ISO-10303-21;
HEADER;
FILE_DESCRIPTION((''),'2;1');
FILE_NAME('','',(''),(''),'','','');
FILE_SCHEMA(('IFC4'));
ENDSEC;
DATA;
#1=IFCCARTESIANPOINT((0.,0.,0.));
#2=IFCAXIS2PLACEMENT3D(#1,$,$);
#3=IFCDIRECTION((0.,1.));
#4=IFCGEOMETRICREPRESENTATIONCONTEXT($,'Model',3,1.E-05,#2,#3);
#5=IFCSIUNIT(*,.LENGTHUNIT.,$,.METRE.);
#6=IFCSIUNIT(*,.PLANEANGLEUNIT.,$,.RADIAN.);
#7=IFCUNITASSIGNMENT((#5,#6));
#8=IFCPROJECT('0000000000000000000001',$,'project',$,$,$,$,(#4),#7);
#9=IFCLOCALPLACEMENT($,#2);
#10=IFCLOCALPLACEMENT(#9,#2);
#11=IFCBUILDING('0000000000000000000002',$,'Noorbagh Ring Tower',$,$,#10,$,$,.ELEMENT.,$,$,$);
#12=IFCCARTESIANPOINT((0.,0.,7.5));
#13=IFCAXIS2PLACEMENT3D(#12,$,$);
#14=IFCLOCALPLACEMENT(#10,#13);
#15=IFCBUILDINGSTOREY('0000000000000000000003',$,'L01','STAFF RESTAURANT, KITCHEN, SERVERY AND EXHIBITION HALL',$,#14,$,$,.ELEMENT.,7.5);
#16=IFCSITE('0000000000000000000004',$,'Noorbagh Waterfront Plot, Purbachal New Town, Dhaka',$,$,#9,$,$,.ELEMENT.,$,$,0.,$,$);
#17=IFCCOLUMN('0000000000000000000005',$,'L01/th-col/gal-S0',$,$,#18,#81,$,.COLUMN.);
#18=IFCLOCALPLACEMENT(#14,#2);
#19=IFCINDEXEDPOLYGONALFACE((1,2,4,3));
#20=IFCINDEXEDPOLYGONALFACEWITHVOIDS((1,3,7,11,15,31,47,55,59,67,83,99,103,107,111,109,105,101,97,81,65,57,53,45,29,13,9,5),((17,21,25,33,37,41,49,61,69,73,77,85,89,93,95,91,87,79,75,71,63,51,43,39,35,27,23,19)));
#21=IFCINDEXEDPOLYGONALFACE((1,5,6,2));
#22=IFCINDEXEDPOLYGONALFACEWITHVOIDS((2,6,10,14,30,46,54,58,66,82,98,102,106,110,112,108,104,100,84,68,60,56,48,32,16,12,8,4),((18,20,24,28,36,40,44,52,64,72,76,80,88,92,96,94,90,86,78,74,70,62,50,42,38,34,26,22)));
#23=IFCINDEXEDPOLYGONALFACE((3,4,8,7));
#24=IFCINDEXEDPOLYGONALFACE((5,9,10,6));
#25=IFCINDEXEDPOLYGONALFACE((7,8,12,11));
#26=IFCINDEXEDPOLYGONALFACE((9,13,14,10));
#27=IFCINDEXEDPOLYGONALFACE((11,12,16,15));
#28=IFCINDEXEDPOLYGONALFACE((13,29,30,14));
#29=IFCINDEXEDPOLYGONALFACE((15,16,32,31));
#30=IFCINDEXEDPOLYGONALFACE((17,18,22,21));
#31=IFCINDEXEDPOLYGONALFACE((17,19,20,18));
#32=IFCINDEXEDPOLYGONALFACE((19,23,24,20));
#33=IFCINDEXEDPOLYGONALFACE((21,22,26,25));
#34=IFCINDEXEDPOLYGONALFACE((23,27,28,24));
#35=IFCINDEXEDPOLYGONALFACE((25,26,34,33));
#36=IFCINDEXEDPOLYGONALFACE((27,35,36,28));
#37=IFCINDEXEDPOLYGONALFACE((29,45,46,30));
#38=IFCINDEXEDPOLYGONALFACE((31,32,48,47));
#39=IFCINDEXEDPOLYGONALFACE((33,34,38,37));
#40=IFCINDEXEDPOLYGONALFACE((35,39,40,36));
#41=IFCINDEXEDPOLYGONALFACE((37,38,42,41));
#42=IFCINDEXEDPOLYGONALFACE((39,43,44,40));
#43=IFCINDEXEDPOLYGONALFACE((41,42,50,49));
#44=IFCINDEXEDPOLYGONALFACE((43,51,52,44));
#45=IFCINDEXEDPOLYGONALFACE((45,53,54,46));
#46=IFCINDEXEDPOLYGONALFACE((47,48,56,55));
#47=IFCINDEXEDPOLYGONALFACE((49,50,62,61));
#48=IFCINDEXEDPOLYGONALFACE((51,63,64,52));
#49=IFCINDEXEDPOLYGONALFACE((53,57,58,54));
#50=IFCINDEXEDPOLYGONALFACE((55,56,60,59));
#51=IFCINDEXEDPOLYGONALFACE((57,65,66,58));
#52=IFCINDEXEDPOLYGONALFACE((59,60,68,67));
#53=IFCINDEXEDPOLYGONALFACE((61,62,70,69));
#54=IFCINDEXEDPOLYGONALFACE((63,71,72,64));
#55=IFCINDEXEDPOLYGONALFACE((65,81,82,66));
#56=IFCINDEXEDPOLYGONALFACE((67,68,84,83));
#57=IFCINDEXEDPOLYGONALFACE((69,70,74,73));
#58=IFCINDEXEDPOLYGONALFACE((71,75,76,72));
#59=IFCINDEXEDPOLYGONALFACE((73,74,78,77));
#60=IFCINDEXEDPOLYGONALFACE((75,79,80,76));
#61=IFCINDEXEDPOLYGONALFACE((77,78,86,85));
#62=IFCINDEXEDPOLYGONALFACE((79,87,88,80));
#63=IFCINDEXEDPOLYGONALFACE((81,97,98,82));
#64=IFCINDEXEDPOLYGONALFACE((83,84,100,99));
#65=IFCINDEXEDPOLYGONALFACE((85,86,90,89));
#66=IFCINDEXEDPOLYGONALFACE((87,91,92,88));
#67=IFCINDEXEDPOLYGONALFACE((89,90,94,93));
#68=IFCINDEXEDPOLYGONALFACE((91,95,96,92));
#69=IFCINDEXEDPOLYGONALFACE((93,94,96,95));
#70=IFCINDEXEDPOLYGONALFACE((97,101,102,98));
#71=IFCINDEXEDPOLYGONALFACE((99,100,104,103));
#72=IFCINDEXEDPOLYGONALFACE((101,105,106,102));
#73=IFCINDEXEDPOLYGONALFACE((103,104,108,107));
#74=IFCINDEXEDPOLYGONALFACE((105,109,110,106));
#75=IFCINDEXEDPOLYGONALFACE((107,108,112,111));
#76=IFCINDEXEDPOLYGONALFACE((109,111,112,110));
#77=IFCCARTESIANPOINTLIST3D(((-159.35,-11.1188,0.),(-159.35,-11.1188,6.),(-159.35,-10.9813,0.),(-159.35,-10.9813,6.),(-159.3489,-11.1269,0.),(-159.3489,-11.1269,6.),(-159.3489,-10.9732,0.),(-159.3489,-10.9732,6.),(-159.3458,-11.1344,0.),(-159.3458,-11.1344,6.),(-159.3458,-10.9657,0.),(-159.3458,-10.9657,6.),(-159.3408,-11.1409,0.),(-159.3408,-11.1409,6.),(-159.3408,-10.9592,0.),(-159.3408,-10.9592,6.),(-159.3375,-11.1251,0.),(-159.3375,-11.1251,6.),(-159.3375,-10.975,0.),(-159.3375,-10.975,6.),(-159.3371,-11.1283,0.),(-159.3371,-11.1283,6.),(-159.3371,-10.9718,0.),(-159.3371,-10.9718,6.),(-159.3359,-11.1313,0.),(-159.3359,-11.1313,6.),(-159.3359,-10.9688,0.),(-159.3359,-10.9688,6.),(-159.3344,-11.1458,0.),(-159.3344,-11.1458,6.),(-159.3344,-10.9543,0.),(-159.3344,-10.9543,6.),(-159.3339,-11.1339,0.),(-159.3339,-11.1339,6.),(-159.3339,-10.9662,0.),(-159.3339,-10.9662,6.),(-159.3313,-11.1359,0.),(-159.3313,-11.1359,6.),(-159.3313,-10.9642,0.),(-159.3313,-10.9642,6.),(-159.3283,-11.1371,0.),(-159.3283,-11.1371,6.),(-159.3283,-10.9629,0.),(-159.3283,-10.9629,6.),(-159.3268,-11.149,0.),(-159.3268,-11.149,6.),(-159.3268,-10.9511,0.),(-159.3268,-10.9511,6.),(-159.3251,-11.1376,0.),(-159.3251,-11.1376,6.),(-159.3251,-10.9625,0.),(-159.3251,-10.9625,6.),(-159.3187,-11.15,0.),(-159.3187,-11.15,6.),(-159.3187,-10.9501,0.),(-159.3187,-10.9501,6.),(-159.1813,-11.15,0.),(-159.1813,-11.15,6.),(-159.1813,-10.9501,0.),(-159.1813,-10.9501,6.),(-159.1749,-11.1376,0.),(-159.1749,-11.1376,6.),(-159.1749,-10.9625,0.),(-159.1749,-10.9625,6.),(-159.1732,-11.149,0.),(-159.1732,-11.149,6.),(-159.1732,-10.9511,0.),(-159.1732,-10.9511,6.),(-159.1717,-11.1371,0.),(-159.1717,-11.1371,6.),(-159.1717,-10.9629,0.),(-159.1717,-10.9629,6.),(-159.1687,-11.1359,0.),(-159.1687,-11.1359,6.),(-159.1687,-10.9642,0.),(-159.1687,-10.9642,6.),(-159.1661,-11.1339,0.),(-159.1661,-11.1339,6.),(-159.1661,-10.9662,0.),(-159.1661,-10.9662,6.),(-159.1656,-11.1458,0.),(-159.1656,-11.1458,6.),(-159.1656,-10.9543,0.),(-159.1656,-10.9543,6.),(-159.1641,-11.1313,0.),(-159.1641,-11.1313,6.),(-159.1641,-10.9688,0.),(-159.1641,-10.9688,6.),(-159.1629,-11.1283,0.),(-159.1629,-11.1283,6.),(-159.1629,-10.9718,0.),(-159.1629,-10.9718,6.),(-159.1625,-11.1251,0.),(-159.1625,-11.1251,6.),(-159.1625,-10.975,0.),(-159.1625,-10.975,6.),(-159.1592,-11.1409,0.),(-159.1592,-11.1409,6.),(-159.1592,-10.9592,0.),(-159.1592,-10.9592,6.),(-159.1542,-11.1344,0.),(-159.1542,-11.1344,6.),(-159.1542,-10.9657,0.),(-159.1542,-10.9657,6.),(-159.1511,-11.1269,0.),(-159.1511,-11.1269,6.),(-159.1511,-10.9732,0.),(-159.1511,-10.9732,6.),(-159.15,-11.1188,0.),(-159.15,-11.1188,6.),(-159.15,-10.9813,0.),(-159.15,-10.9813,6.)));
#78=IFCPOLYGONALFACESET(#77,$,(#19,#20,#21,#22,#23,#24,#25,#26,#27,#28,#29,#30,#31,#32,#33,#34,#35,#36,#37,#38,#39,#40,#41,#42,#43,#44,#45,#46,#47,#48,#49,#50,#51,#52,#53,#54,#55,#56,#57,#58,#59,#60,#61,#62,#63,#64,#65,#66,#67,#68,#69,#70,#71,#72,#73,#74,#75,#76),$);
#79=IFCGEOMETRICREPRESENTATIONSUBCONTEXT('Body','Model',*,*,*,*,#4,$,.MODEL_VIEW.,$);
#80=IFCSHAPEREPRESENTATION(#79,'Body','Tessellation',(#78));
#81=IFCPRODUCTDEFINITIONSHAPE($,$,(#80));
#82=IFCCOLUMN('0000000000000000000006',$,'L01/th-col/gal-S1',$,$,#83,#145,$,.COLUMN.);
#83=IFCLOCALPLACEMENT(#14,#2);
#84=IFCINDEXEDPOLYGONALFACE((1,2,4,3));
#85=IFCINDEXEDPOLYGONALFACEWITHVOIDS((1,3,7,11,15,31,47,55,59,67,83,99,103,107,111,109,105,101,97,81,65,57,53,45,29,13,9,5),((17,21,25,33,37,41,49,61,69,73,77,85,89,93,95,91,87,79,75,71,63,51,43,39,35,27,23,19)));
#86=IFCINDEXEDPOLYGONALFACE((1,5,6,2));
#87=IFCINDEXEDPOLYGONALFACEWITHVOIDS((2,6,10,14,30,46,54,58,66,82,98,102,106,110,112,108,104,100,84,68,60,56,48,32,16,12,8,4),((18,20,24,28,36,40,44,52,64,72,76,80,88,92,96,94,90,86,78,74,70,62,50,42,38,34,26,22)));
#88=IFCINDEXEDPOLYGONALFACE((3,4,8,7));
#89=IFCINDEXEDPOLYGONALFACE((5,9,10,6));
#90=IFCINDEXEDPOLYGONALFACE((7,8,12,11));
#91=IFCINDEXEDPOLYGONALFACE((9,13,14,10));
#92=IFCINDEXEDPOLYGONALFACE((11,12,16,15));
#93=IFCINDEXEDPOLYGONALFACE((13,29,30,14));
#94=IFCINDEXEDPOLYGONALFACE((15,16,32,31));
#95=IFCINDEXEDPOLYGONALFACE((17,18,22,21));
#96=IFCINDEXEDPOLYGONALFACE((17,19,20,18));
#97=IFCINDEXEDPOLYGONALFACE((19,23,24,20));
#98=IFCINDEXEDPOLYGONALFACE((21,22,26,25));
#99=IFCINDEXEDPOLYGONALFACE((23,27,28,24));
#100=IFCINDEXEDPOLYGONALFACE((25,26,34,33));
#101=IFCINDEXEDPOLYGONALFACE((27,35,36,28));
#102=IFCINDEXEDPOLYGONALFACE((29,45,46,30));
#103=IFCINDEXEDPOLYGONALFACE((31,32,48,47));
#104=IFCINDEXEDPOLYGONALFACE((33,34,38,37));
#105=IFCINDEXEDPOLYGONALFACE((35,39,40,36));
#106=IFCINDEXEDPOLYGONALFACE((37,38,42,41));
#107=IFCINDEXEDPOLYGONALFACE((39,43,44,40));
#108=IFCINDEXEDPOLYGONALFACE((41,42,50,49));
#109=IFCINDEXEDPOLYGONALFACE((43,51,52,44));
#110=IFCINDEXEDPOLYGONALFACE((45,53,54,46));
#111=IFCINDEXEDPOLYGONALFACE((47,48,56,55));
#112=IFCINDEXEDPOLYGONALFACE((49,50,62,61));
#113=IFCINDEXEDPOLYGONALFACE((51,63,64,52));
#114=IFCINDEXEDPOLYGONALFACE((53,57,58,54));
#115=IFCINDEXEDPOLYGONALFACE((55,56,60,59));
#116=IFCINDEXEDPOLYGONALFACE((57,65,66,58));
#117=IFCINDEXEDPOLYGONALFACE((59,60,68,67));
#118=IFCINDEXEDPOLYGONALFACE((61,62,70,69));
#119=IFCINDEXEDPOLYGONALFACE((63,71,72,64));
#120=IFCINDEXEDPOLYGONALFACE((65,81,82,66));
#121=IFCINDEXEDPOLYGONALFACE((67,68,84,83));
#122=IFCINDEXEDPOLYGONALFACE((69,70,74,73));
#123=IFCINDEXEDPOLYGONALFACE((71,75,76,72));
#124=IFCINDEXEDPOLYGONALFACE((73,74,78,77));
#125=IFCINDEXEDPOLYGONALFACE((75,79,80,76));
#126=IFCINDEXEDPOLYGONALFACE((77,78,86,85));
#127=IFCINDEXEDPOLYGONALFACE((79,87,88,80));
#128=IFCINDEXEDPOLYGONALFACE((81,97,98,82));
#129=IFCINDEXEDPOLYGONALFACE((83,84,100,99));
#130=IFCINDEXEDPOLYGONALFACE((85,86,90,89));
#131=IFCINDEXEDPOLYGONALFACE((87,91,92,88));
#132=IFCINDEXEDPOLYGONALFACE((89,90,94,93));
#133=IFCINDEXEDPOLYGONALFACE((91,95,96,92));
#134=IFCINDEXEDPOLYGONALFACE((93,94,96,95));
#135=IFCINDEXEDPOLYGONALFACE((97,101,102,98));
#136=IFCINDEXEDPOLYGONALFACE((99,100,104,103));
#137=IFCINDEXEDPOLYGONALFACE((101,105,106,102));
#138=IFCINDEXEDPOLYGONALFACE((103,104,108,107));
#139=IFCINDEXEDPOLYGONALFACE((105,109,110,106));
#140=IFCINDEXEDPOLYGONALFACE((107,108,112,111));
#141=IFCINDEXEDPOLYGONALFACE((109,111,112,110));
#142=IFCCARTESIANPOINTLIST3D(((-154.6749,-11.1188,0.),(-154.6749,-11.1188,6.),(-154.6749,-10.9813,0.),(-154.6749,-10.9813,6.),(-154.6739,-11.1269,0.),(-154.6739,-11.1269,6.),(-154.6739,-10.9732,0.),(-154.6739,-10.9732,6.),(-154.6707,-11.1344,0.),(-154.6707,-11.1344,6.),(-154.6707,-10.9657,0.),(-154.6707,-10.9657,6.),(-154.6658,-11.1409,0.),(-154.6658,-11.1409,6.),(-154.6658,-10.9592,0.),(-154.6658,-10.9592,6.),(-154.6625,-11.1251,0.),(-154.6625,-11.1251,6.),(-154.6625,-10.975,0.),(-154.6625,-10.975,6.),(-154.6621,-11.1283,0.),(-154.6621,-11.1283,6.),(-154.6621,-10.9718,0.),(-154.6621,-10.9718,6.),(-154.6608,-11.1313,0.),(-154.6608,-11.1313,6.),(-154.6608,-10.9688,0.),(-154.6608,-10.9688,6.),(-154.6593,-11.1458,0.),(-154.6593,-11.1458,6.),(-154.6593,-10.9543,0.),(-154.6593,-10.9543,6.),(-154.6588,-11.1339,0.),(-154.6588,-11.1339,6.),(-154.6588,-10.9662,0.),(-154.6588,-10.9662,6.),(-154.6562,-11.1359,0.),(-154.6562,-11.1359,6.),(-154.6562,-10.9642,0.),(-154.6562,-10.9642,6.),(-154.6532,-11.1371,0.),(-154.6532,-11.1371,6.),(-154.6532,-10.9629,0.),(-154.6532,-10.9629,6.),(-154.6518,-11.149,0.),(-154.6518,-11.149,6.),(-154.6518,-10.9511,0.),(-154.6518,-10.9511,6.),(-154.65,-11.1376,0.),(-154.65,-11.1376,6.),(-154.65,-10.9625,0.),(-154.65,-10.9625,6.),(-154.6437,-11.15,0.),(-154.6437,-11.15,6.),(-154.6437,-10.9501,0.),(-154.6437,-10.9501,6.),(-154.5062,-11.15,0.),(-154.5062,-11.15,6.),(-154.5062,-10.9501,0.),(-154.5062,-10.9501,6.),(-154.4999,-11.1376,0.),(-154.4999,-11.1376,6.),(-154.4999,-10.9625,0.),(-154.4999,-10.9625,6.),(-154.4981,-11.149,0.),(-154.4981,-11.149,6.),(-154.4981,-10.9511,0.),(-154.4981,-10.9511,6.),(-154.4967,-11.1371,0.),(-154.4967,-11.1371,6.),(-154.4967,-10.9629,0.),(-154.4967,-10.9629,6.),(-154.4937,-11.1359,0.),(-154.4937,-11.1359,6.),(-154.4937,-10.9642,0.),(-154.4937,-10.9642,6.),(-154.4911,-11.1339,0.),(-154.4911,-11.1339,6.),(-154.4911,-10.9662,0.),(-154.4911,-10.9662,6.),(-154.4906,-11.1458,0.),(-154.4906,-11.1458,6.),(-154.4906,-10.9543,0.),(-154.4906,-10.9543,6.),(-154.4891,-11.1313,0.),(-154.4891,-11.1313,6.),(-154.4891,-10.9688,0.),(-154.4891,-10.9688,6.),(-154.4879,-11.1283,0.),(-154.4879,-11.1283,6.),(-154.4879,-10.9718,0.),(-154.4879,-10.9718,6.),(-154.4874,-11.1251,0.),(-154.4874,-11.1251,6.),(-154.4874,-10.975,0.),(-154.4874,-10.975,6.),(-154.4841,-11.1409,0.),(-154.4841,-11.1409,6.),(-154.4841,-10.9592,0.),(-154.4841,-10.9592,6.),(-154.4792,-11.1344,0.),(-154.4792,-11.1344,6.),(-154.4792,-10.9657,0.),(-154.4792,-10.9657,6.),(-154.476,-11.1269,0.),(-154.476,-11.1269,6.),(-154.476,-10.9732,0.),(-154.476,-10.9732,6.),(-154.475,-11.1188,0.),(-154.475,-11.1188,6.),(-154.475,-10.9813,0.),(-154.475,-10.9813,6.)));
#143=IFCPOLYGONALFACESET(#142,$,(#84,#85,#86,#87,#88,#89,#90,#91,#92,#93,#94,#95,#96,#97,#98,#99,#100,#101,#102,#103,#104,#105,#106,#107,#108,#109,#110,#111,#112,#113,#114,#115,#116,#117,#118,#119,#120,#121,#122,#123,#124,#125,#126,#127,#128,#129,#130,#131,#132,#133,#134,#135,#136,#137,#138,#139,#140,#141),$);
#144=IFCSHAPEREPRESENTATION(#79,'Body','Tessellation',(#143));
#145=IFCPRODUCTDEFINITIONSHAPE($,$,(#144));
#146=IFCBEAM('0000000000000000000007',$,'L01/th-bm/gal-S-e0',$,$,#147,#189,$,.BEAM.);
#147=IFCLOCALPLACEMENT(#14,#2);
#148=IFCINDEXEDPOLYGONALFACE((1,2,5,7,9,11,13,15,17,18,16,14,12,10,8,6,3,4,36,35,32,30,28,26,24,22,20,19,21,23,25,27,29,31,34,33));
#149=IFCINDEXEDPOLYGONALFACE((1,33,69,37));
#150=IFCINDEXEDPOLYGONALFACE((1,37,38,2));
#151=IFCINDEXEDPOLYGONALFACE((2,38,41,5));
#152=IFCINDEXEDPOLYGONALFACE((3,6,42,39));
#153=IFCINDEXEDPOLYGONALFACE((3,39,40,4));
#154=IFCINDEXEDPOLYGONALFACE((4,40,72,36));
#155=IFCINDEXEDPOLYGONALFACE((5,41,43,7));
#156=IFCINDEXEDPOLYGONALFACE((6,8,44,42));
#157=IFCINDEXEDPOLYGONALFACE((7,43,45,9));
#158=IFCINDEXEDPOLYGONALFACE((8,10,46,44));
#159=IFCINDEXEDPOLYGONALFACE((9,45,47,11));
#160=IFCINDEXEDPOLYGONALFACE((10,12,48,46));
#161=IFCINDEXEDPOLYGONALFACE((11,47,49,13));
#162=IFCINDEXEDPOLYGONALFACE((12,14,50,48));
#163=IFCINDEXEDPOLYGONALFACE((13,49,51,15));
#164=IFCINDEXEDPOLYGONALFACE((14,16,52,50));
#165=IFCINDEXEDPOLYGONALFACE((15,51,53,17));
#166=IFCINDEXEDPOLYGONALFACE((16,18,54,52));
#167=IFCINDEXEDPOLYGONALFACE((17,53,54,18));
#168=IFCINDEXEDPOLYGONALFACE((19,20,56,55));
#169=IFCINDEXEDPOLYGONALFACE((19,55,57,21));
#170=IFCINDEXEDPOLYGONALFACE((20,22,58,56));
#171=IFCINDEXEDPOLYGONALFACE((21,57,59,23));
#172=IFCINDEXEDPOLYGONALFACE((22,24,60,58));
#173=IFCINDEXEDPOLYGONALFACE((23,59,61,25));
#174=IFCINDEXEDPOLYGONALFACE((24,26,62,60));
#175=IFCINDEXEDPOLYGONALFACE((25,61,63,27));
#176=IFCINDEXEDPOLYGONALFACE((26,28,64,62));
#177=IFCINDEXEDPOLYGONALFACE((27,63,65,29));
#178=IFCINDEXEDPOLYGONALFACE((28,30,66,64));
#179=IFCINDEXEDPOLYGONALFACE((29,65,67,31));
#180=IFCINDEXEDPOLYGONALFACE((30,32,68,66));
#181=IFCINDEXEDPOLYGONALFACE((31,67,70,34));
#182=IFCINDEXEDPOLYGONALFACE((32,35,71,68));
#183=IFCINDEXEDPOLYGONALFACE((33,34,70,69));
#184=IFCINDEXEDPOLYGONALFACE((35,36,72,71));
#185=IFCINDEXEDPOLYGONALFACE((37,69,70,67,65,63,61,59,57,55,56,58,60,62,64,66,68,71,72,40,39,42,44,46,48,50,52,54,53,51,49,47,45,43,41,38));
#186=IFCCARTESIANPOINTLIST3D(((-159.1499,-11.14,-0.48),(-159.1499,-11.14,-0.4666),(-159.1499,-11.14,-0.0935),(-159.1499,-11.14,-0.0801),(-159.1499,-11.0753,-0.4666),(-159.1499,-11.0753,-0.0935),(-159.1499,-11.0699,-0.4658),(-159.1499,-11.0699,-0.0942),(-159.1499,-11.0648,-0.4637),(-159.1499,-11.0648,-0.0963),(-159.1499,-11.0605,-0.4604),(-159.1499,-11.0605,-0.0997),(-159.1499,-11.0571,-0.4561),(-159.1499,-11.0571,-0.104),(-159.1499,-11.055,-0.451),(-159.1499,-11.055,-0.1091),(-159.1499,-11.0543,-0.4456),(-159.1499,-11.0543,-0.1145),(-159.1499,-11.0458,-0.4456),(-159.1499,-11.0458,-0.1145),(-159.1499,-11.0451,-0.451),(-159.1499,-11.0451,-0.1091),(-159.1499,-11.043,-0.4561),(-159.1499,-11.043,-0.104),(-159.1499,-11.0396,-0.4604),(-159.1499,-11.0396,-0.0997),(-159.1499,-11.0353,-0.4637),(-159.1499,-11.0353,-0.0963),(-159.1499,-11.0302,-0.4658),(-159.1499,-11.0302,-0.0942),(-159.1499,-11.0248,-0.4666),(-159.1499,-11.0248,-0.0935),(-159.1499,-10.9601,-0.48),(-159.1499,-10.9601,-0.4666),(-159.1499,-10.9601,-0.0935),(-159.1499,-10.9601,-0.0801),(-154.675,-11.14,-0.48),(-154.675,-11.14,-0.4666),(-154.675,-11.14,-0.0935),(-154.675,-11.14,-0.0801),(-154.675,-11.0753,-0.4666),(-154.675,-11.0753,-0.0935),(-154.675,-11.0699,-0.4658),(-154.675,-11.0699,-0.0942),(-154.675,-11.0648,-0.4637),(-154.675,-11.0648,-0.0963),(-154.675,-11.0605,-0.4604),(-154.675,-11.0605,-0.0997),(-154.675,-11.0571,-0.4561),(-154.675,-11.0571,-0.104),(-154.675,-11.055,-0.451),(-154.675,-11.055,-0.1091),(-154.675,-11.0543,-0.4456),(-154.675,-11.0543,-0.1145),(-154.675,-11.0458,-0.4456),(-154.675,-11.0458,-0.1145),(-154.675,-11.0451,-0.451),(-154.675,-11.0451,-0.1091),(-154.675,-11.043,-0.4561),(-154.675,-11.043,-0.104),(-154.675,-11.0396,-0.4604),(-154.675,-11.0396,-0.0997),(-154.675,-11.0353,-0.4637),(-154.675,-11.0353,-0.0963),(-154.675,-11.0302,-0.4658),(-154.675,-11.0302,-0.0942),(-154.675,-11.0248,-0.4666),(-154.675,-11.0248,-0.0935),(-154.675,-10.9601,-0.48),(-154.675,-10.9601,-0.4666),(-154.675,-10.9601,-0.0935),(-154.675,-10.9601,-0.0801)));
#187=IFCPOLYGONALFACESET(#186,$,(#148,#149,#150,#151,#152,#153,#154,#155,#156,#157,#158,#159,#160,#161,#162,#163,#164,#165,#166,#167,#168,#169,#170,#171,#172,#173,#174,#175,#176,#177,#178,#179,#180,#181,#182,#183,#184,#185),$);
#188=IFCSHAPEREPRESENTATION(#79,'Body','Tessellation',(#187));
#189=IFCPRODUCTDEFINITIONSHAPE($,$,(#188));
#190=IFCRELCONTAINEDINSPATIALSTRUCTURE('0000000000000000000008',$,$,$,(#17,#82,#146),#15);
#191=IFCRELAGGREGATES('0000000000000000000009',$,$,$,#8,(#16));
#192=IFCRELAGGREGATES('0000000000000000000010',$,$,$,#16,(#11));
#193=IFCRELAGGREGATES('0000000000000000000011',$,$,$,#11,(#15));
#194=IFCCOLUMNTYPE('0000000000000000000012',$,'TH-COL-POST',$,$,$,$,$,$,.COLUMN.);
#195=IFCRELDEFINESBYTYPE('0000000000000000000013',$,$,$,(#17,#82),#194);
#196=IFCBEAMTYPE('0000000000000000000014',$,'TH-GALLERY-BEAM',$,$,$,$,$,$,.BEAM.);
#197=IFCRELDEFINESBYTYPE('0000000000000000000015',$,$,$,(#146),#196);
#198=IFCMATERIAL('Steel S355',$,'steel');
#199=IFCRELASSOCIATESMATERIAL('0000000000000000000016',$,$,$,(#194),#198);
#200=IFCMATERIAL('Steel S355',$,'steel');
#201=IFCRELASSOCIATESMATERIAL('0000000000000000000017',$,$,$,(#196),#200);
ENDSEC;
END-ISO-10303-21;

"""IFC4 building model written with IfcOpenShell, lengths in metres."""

from ifc_helpers import new_model, si_unit, direction, frame, origin, origin_2d, place, context, subcontext, project, spatial, hollow_rectangle, i_section, extrude, material, material_profile, profile_set, type_object, element, save


model = new_model("IFC4")

# Units and contexts
model_context = context("Model", 3, precision=1e-05, world=origin(), true_north=direction((0.0, 1.0)))
body_context = subcontext(model_context, "Body", "Model", "MODEL_VIEW")
ifc_project = project(units=[si_unit("LENGTHUNIT", "METRE"), si_unit("PLANEANGLEUNIT", "RADIAN")], contexts=[model_context])

# Site, building, storey
site_placement = place(None, origin())
site = spatial("IfcSite", under=ifc_project, at=site_placement, Name="Noorbagh Waterfront Plot, Purbachal New Town, Dhaka", CompositionType="ELEMENT", RefElevation=0.0)
building_placement = place(site_placement, origin())
building = spatial("IfcBuilding", under=site, at=building_placement, Name="Noorbagh Ring Tower", CompositionType="ELEMENT")
storey_placement = place(building_placement, frame((0.0, 0.0, 7.5)))
storey = spatial("IfcBuildingStorey", under=building, at=storey_placement, Name="L01", Description="STAFF RESTAURANT, KITCHEN, SERVERY AND EXHIBITION HALL", CompositionType="ELEMENT", Elevation=7.5)

# Columns
ifc_material_1 = material(Name="Steel S355", Category="steel")
ifc_material_profile_1 = material_profile(ifc_material_1, hollow_rectangle(XDim=0.2, YDim=0.2, WallThickness=0.0125, InnerFilletRadius=0.0125, OuterFilletRadius=0.0312, at=origin_2d()), Name="SHS200x200x12.5")
ifc_profile_set_1 = profile_set([ifc_material_profile_1], Name="Steel S355")
column_type = type_object("IfcColumnType", Name="TH-COL-POST", PredefinedType="COLUMN", material=ifc_profile_set_1)
for number, where, z_axis, x_axis, name in (
    (1, (-159.25, -11.05, 0.0), (0.0, 0.0, 1.0), (1.0, 0.0, 0.0), "L01/th-col/gal-S0"),
    (2, (-154.575, -11.05, 0.0), (0.0, 0.0, 1.0), (1.0, 0.0, 0.0), "L01/th-col/gal-S1"),
):
    element("IfcColumn", number, at=place(storey_placement, frame(where, z_axis=z_axis, x_axis=x_axis)), inside=storey, type_object=column_type, Name=name, PredefinedType="COLUMN", context=body_context, shape_type="SweptSolid", body=[
        extrude(hollow_rectangle(XDim=0.2, YDim=0.2, WallThickness=0.0125, InnerFilletRadius=0.0125, OuterFilletRadius=0.0312, at=origin_2d()), origin(), (0.0, 0.0, 1.0), 6.0),
    ])

# Beam
ifc_material_2 = material(Name="Steel S355", Category="steel")
ifc_material_profile_2 = material_profile(ifc_material_2, i_section(OverallWidth=0.1799, OverallDepth=0.3999, WebThickness=0.0085, FlangeThickness=0.0134, FilletRadius=0.021, at=origin_2d()), Name="IPE400")
ifc_profile_set_2 = profile_set([ifc_material_profile_2], Name="Steel S355")
beam_type_1 = type_object("IfcBeamType", Name="TH-GALLERY-BEAM", PredefinedType="BEAM", material=ifc_profile_set_2)
beam_1_placement = place(storey_placement, frame((-159.1499, -11.05, -0.28), z_axis=(1.0, 0.0, 0.0), x_axis=(0.0, 1.0, 0.0)))
element("IfcBeam", 3, at=beam_1_placement, inside=storey, type_object=beam_type_1, Name="L01/th-bm/gal-S-e0", PredefinedType="BEAM", context=body_context, shape_type="SweptSolid", body=[
    extrude(i_section(OverallWidth=0.1799, OverallDepth=0.3999, WebThickness=0.0085, FlangeThickness=0.0134, FilletRadius=0.021, at=origin_2d()), origin(), (0.0, 0.0, 1.0), 4.4749),
])

save(model, "model.ifc")
